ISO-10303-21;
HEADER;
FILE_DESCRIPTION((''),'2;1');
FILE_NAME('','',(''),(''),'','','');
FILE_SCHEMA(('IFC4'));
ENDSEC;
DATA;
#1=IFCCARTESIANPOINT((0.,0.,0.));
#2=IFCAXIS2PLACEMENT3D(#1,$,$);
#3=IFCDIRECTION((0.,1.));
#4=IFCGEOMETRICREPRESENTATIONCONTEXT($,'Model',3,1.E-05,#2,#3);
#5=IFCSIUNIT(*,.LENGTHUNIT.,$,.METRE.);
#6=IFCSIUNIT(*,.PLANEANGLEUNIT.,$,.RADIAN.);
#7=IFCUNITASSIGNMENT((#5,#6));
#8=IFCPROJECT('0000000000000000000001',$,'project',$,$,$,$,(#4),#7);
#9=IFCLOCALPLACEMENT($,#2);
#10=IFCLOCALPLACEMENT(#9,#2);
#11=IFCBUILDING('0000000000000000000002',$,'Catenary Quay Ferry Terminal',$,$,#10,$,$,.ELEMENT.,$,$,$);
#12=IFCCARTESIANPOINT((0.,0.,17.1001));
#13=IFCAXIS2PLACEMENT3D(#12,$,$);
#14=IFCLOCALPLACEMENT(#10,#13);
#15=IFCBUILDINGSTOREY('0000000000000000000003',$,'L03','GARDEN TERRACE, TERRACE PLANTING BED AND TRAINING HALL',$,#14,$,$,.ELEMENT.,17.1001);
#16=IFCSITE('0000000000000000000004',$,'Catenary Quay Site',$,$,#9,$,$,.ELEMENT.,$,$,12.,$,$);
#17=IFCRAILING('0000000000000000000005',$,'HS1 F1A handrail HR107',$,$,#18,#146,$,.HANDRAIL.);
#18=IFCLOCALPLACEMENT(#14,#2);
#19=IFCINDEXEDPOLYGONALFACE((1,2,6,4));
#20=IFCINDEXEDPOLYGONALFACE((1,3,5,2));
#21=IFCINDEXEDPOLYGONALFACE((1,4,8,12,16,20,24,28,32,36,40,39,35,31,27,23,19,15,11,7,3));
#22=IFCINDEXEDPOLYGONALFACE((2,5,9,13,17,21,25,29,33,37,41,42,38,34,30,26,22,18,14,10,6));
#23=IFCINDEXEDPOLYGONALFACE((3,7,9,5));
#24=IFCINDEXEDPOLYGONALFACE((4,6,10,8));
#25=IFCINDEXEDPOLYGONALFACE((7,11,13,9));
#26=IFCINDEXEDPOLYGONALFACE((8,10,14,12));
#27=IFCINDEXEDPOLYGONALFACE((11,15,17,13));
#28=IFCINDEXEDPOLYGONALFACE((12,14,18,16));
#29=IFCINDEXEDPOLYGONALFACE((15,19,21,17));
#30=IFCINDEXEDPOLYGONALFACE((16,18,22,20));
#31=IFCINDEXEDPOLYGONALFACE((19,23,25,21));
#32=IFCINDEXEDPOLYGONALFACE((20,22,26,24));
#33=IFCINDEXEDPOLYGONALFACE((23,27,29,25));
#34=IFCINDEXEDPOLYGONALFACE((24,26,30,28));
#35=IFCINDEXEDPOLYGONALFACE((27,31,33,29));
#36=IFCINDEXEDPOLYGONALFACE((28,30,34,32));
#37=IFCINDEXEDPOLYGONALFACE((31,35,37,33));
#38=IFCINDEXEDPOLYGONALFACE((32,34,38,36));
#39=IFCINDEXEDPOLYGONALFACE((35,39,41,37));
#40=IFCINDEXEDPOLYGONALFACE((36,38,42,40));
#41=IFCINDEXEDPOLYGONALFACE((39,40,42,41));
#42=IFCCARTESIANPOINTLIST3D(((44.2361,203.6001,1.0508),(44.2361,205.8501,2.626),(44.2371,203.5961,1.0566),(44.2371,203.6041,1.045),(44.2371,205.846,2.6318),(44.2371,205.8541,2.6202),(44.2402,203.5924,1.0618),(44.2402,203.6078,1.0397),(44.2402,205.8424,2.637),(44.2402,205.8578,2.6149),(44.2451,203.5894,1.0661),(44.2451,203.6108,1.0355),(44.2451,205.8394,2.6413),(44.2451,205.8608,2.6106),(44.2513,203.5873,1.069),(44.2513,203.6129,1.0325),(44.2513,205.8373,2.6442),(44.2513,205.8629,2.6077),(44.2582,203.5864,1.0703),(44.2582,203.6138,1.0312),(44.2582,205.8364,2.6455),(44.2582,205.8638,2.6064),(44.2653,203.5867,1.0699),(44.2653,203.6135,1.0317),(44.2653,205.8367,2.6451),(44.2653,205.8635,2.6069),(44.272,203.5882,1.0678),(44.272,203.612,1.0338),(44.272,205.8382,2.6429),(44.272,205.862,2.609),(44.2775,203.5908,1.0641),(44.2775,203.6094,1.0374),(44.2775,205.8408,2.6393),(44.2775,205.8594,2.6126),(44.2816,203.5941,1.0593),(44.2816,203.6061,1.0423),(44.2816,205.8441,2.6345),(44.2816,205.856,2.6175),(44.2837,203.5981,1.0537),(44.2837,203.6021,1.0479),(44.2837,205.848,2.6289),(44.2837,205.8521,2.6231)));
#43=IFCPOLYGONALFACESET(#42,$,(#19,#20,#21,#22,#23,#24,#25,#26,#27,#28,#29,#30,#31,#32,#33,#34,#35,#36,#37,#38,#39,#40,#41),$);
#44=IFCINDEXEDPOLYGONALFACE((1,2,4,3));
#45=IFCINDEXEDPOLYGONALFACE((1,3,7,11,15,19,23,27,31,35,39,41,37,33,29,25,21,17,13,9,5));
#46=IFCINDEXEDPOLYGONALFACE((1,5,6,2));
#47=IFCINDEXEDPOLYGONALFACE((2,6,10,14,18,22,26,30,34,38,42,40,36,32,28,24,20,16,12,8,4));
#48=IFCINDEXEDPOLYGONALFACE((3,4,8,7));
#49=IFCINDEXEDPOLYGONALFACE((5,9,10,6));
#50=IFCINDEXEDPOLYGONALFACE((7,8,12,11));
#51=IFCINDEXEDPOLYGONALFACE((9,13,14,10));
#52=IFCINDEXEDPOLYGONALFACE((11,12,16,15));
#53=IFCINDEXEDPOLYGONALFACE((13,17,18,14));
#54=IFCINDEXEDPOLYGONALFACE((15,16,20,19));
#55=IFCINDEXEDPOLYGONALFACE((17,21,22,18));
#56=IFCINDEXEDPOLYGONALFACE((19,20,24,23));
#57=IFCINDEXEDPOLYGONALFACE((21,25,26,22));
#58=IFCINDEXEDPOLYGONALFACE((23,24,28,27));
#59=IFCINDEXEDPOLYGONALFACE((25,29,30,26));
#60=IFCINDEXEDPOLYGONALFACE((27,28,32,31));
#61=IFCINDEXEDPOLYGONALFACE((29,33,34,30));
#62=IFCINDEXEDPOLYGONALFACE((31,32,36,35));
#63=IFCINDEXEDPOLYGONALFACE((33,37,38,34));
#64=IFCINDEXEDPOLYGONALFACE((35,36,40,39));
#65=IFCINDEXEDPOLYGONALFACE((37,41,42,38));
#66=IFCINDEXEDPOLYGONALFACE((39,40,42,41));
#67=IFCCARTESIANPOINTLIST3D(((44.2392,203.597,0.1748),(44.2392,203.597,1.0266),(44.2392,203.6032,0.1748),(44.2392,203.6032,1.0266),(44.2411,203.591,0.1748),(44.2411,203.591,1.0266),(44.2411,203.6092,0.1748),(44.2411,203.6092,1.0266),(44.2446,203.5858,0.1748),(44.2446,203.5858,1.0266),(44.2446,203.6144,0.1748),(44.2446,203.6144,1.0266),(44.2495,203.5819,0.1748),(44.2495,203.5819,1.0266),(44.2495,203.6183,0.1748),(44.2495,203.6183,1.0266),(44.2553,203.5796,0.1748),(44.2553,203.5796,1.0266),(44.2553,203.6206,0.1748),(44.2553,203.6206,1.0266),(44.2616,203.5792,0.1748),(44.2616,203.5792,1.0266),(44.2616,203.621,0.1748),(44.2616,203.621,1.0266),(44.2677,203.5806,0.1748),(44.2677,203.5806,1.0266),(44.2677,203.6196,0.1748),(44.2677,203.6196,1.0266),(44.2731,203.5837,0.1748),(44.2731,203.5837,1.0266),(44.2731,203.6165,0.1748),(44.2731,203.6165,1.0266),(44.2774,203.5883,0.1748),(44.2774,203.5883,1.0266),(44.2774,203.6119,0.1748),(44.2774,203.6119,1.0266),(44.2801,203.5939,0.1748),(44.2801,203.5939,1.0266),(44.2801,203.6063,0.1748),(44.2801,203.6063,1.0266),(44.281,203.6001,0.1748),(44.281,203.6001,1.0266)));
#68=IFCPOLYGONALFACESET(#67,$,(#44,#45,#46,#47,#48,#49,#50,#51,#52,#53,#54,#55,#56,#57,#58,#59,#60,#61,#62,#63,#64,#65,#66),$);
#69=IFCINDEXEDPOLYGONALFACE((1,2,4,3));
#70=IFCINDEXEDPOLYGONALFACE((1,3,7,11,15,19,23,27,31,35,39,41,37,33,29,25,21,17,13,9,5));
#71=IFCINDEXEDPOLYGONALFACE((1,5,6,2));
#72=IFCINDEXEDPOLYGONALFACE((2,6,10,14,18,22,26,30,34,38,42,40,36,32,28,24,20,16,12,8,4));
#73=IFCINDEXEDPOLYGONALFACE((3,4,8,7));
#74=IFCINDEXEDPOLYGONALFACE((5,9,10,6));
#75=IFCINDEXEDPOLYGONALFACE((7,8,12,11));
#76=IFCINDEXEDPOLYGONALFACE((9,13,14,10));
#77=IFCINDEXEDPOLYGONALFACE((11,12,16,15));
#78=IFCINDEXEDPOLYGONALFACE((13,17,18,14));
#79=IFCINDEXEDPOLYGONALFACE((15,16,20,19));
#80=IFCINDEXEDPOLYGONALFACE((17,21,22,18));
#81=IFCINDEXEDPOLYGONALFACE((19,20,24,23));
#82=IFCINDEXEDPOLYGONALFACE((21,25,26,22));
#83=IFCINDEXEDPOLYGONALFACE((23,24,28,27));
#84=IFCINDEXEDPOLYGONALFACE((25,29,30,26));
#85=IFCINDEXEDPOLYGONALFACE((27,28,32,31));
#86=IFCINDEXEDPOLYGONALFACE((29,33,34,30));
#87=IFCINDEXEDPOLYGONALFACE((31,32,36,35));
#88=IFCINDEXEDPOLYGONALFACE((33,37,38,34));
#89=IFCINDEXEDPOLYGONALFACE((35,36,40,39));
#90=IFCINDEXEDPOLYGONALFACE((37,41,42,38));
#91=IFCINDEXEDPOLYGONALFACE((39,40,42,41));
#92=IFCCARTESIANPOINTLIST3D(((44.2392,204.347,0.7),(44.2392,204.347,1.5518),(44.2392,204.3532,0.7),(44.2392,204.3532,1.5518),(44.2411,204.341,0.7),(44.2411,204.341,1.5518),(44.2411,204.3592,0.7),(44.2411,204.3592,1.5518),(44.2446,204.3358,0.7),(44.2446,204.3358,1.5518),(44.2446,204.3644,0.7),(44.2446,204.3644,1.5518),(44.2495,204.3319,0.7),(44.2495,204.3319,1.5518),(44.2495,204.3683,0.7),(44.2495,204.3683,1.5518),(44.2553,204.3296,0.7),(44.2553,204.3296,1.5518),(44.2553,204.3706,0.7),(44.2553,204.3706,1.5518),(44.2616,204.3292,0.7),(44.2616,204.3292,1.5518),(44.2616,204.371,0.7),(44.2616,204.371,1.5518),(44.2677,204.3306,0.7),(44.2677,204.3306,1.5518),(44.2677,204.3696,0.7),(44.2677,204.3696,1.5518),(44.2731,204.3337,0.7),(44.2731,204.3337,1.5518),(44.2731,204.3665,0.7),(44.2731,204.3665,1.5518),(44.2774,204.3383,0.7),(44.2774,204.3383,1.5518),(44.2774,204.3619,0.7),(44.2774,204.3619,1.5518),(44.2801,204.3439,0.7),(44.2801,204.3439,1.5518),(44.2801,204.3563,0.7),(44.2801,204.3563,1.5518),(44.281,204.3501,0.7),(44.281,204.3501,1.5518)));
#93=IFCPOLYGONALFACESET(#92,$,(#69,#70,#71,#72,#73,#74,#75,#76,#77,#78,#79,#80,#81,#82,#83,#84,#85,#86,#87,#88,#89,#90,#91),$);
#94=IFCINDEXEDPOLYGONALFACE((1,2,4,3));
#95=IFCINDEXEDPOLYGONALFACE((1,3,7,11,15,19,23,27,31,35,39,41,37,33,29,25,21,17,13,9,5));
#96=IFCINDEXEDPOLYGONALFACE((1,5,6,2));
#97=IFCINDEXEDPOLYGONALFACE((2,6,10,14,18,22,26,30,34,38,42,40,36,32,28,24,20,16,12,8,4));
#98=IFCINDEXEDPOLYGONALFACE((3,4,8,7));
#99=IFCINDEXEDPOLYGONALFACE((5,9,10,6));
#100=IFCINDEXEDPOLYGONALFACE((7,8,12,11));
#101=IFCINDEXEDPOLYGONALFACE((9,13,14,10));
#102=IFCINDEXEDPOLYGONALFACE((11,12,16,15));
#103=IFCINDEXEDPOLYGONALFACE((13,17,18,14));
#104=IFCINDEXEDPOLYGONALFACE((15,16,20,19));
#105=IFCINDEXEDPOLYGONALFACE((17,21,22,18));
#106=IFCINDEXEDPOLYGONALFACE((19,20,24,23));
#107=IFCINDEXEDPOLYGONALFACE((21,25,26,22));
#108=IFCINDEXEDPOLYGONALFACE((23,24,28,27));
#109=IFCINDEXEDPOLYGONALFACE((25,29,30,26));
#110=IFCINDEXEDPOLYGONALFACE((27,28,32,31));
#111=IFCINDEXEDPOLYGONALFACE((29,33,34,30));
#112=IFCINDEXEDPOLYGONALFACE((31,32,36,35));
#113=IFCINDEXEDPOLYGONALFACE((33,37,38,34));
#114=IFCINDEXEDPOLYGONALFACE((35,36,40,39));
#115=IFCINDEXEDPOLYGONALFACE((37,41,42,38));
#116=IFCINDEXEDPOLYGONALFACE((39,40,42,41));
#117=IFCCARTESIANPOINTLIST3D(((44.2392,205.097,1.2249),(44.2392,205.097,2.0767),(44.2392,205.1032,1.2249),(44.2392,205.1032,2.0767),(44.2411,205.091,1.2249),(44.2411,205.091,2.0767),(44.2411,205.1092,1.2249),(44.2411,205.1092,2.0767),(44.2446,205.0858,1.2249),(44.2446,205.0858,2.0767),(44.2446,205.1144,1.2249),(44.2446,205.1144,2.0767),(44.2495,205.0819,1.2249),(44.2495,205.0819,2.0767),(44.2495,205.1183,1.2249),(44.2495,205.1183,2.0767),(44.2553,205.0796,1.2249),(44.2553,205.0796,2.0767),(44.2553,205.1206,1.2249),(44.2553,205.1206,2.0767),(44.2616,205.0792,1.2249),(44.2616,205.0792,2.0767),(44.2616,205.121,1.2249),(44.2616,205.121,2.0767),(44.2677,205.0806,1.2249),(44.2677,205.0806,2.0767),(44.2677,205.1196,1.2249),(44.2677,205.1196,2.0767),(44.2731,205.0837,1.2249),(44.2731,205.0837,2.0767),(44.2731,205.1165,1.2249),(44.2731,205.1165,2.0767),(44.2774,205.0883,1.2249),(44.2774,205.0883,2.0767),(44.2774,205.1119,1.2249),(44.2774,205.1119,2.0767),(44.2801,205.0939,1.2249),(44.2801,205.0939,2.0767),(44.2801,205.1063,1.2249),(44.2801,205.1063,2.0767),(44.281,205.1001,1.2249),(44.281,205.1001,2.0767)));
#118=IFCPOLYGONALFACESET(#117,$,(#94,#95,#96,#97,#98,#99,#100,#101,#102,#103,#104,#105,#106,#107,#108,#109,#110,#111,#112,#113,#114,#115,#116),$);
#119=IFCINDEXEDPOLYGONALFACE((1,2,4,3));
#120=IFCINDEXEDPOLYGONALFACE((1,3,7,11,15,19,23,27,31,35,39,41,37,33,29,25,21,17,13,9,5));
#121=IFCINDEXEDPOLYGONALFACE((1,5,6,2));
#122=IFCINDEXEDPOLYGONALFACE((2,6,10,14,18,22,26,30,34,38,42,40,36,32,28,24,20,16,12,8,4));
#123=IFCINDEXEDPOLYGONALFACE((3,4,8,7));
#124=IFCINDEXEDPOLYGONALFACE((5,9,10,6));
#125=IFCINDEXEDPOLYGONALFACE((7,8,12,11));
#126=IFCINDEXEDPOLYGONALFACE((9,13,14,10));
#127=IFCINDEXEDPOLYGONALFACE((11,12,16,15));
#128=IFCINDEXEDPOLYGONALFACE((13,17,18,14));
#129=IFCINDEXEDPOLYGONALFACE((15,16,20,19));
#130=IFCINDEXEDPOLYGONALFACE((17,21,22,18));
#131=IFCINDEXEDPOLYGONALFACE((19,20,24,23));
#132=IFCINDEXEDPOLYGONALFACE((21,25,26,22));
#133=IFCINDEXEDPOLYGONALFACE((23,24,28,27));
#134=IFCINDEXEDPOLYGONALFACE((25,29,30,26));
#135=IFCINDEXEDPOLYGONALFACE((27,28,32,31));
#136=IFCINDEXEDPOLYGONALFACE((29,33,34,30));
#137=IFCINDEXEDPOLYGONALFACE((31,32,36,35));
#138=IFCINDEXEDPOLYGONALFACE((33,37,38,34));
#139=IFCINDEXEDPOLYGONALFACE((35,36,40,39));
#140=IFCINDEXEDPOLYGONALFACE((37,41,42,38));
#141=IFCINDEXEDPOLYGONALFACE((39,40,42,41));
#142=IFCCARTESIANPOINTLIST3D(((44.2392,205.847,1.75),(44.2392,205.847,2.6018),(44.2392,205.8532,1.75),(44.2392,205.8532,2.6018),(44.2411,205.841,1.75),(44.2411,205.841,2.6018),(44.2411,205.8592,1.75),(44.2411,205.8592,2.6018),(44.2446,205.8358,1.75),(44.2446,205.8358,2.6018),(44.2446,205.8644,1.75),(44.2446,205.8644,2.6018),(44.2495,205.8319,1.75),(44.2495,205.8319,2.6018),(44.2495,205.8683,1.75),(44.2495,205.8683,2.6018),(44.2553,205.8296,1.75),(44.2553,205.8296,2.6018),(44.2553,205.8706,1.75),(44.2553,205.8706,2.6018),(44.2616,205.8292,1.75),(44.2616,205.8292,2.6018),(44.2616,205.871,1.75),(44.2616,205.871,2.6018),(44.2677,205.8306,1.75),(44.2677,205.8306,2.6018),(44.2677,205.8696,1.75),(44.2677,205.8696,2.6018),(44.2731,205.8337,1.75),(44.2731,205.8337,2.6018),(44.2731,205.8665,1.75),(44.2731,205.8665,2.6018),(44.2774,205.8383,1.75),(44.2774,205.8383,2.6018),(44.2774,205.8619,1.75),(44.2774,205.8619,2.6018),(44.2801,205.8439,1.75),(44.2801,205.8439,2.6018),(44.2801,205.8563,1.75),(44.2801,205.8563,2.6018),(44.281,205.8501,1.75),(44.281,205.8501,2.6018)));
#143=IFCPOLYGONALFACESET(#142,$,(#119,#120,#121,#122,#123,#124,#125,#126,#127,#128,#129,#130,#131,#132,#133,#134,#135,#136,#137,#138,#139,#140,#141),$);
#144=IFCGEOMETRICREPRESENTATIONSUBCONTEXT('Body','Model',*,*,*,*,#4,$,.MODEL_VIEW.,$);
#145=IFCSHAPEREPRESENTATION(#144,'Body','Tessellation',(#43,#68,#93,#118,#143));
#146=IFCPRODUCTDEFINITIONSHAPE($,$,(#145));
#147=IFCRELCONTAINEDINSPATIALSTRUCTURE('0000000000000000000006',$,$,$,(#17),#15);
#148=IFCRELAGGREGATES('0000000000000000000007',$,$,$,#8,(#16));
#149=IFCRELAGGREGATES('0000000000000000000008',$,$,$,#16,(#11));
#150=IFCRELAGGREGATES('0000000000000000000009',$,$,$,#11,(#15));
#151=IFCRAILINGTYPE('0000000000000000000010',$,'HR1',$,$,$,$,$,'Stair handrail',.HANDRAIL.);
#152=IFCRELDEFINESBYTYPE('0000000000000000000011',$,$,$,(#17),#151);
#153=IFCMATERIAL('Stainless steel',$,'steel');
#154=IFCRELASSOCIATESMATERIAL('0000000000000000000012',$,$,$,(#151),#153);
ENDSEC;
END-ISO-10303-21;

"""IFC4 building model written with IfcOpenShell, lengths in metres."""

from ifc_helpers import new_model, si_unit, direction, frame, origin, origin_2d, place, context, subcontext, project, spatial, circle, extrude, material, type_object, element, save


model = new_model("IFC4")

# Units and contexts
model_context = context("Model", 3, precision=1e-05, world=origin(), true_north=direction((0.0, 1.0)))
body_context = subcontext(model_context, "Body", "Model", "MODEL_VIEW")
ifc_project = project(units=[si_unit("LENGTHUNIT", "METRE"), si_unit("PLANEANGLEUNIT", "RADIAN")], contexts=[model_context])

# Site, building, storey
site_placement = place(None, origin())
site = spatial("IfcSite", under=ifc_project, at=site_placement, Name="Catenary Quay Site", CompositionType="ELEMENT", RefElevation=12.0)
building_placement = place(site_placement, origin())
building = spatial("IfcBuilding", under=site, at=building_placement, Name="Catenary Quay Ferry Terminal", CompositionType="ELEMENT")
storey_placement = place(building_placement, frame((0.0, 0.0, 17.1001)))
storey = spatial("IfcBuildingStorey", under=building, at=storey_placement, Name="L03", Description="GARDEN TERRACE, TERRACE PLANTING BED AND TRAINING HALL", CompositionType="ELEMENT", Elevation=17.1001)

# Railing
ifc_material_1 = material(Name="Stainless steel", Category="steel")
railing_type_1 = type_object("IfcRailingType", Name="HR1", ElementType="Stair handrail", PredefinedType="HANDRAIL", material=ifc_material_1)
for number, where, name in (
    (1, (44.26, 203.6001, 0.1748), "HS1 F1A handrail HR107"),
):
    element("IfcRailing", number, at=place(storey_placement, frame(where)), inside=storey, type_object=railing_type_1, Name=name, PredefinedType="HANDRAIL", context=body_context, shape_type="SweptSolid", body=[
        extrude(circle(Radius=0.0239, at=origin_2d()), frame((0.0, 0.0, 0.876), z_axis=(0.0, 0.819199, 0.57351), x_axis=(-1.0, 0.0, 0.0)), (0.0, 0.0, 1.0), 2.7466),
        extrude(circle(Radius=0.021, at=origin_2d()), origin(), (0.0, 0.0, 1.0), 0.8518),
        extrude(circle(Radius=0.021, at=origin_2d()), frame((0.0, 0.75, 0.5251)), (0.0, 0.0, 1.0), 0.8518),
        extrude(circle(Radius=0.021, at=origin_2d()), frame((0.0, 1.5, 1.05)), (0.0, 0.0, 1.0), 0.8518),
        extrude(circle(Radius=0.021, at=origin_2d()), frame((0.0, 2.25, 1.5752)), (0.0, 0.0, 1.0), 0.8518),
    ])

save(model, "model.ifc")
